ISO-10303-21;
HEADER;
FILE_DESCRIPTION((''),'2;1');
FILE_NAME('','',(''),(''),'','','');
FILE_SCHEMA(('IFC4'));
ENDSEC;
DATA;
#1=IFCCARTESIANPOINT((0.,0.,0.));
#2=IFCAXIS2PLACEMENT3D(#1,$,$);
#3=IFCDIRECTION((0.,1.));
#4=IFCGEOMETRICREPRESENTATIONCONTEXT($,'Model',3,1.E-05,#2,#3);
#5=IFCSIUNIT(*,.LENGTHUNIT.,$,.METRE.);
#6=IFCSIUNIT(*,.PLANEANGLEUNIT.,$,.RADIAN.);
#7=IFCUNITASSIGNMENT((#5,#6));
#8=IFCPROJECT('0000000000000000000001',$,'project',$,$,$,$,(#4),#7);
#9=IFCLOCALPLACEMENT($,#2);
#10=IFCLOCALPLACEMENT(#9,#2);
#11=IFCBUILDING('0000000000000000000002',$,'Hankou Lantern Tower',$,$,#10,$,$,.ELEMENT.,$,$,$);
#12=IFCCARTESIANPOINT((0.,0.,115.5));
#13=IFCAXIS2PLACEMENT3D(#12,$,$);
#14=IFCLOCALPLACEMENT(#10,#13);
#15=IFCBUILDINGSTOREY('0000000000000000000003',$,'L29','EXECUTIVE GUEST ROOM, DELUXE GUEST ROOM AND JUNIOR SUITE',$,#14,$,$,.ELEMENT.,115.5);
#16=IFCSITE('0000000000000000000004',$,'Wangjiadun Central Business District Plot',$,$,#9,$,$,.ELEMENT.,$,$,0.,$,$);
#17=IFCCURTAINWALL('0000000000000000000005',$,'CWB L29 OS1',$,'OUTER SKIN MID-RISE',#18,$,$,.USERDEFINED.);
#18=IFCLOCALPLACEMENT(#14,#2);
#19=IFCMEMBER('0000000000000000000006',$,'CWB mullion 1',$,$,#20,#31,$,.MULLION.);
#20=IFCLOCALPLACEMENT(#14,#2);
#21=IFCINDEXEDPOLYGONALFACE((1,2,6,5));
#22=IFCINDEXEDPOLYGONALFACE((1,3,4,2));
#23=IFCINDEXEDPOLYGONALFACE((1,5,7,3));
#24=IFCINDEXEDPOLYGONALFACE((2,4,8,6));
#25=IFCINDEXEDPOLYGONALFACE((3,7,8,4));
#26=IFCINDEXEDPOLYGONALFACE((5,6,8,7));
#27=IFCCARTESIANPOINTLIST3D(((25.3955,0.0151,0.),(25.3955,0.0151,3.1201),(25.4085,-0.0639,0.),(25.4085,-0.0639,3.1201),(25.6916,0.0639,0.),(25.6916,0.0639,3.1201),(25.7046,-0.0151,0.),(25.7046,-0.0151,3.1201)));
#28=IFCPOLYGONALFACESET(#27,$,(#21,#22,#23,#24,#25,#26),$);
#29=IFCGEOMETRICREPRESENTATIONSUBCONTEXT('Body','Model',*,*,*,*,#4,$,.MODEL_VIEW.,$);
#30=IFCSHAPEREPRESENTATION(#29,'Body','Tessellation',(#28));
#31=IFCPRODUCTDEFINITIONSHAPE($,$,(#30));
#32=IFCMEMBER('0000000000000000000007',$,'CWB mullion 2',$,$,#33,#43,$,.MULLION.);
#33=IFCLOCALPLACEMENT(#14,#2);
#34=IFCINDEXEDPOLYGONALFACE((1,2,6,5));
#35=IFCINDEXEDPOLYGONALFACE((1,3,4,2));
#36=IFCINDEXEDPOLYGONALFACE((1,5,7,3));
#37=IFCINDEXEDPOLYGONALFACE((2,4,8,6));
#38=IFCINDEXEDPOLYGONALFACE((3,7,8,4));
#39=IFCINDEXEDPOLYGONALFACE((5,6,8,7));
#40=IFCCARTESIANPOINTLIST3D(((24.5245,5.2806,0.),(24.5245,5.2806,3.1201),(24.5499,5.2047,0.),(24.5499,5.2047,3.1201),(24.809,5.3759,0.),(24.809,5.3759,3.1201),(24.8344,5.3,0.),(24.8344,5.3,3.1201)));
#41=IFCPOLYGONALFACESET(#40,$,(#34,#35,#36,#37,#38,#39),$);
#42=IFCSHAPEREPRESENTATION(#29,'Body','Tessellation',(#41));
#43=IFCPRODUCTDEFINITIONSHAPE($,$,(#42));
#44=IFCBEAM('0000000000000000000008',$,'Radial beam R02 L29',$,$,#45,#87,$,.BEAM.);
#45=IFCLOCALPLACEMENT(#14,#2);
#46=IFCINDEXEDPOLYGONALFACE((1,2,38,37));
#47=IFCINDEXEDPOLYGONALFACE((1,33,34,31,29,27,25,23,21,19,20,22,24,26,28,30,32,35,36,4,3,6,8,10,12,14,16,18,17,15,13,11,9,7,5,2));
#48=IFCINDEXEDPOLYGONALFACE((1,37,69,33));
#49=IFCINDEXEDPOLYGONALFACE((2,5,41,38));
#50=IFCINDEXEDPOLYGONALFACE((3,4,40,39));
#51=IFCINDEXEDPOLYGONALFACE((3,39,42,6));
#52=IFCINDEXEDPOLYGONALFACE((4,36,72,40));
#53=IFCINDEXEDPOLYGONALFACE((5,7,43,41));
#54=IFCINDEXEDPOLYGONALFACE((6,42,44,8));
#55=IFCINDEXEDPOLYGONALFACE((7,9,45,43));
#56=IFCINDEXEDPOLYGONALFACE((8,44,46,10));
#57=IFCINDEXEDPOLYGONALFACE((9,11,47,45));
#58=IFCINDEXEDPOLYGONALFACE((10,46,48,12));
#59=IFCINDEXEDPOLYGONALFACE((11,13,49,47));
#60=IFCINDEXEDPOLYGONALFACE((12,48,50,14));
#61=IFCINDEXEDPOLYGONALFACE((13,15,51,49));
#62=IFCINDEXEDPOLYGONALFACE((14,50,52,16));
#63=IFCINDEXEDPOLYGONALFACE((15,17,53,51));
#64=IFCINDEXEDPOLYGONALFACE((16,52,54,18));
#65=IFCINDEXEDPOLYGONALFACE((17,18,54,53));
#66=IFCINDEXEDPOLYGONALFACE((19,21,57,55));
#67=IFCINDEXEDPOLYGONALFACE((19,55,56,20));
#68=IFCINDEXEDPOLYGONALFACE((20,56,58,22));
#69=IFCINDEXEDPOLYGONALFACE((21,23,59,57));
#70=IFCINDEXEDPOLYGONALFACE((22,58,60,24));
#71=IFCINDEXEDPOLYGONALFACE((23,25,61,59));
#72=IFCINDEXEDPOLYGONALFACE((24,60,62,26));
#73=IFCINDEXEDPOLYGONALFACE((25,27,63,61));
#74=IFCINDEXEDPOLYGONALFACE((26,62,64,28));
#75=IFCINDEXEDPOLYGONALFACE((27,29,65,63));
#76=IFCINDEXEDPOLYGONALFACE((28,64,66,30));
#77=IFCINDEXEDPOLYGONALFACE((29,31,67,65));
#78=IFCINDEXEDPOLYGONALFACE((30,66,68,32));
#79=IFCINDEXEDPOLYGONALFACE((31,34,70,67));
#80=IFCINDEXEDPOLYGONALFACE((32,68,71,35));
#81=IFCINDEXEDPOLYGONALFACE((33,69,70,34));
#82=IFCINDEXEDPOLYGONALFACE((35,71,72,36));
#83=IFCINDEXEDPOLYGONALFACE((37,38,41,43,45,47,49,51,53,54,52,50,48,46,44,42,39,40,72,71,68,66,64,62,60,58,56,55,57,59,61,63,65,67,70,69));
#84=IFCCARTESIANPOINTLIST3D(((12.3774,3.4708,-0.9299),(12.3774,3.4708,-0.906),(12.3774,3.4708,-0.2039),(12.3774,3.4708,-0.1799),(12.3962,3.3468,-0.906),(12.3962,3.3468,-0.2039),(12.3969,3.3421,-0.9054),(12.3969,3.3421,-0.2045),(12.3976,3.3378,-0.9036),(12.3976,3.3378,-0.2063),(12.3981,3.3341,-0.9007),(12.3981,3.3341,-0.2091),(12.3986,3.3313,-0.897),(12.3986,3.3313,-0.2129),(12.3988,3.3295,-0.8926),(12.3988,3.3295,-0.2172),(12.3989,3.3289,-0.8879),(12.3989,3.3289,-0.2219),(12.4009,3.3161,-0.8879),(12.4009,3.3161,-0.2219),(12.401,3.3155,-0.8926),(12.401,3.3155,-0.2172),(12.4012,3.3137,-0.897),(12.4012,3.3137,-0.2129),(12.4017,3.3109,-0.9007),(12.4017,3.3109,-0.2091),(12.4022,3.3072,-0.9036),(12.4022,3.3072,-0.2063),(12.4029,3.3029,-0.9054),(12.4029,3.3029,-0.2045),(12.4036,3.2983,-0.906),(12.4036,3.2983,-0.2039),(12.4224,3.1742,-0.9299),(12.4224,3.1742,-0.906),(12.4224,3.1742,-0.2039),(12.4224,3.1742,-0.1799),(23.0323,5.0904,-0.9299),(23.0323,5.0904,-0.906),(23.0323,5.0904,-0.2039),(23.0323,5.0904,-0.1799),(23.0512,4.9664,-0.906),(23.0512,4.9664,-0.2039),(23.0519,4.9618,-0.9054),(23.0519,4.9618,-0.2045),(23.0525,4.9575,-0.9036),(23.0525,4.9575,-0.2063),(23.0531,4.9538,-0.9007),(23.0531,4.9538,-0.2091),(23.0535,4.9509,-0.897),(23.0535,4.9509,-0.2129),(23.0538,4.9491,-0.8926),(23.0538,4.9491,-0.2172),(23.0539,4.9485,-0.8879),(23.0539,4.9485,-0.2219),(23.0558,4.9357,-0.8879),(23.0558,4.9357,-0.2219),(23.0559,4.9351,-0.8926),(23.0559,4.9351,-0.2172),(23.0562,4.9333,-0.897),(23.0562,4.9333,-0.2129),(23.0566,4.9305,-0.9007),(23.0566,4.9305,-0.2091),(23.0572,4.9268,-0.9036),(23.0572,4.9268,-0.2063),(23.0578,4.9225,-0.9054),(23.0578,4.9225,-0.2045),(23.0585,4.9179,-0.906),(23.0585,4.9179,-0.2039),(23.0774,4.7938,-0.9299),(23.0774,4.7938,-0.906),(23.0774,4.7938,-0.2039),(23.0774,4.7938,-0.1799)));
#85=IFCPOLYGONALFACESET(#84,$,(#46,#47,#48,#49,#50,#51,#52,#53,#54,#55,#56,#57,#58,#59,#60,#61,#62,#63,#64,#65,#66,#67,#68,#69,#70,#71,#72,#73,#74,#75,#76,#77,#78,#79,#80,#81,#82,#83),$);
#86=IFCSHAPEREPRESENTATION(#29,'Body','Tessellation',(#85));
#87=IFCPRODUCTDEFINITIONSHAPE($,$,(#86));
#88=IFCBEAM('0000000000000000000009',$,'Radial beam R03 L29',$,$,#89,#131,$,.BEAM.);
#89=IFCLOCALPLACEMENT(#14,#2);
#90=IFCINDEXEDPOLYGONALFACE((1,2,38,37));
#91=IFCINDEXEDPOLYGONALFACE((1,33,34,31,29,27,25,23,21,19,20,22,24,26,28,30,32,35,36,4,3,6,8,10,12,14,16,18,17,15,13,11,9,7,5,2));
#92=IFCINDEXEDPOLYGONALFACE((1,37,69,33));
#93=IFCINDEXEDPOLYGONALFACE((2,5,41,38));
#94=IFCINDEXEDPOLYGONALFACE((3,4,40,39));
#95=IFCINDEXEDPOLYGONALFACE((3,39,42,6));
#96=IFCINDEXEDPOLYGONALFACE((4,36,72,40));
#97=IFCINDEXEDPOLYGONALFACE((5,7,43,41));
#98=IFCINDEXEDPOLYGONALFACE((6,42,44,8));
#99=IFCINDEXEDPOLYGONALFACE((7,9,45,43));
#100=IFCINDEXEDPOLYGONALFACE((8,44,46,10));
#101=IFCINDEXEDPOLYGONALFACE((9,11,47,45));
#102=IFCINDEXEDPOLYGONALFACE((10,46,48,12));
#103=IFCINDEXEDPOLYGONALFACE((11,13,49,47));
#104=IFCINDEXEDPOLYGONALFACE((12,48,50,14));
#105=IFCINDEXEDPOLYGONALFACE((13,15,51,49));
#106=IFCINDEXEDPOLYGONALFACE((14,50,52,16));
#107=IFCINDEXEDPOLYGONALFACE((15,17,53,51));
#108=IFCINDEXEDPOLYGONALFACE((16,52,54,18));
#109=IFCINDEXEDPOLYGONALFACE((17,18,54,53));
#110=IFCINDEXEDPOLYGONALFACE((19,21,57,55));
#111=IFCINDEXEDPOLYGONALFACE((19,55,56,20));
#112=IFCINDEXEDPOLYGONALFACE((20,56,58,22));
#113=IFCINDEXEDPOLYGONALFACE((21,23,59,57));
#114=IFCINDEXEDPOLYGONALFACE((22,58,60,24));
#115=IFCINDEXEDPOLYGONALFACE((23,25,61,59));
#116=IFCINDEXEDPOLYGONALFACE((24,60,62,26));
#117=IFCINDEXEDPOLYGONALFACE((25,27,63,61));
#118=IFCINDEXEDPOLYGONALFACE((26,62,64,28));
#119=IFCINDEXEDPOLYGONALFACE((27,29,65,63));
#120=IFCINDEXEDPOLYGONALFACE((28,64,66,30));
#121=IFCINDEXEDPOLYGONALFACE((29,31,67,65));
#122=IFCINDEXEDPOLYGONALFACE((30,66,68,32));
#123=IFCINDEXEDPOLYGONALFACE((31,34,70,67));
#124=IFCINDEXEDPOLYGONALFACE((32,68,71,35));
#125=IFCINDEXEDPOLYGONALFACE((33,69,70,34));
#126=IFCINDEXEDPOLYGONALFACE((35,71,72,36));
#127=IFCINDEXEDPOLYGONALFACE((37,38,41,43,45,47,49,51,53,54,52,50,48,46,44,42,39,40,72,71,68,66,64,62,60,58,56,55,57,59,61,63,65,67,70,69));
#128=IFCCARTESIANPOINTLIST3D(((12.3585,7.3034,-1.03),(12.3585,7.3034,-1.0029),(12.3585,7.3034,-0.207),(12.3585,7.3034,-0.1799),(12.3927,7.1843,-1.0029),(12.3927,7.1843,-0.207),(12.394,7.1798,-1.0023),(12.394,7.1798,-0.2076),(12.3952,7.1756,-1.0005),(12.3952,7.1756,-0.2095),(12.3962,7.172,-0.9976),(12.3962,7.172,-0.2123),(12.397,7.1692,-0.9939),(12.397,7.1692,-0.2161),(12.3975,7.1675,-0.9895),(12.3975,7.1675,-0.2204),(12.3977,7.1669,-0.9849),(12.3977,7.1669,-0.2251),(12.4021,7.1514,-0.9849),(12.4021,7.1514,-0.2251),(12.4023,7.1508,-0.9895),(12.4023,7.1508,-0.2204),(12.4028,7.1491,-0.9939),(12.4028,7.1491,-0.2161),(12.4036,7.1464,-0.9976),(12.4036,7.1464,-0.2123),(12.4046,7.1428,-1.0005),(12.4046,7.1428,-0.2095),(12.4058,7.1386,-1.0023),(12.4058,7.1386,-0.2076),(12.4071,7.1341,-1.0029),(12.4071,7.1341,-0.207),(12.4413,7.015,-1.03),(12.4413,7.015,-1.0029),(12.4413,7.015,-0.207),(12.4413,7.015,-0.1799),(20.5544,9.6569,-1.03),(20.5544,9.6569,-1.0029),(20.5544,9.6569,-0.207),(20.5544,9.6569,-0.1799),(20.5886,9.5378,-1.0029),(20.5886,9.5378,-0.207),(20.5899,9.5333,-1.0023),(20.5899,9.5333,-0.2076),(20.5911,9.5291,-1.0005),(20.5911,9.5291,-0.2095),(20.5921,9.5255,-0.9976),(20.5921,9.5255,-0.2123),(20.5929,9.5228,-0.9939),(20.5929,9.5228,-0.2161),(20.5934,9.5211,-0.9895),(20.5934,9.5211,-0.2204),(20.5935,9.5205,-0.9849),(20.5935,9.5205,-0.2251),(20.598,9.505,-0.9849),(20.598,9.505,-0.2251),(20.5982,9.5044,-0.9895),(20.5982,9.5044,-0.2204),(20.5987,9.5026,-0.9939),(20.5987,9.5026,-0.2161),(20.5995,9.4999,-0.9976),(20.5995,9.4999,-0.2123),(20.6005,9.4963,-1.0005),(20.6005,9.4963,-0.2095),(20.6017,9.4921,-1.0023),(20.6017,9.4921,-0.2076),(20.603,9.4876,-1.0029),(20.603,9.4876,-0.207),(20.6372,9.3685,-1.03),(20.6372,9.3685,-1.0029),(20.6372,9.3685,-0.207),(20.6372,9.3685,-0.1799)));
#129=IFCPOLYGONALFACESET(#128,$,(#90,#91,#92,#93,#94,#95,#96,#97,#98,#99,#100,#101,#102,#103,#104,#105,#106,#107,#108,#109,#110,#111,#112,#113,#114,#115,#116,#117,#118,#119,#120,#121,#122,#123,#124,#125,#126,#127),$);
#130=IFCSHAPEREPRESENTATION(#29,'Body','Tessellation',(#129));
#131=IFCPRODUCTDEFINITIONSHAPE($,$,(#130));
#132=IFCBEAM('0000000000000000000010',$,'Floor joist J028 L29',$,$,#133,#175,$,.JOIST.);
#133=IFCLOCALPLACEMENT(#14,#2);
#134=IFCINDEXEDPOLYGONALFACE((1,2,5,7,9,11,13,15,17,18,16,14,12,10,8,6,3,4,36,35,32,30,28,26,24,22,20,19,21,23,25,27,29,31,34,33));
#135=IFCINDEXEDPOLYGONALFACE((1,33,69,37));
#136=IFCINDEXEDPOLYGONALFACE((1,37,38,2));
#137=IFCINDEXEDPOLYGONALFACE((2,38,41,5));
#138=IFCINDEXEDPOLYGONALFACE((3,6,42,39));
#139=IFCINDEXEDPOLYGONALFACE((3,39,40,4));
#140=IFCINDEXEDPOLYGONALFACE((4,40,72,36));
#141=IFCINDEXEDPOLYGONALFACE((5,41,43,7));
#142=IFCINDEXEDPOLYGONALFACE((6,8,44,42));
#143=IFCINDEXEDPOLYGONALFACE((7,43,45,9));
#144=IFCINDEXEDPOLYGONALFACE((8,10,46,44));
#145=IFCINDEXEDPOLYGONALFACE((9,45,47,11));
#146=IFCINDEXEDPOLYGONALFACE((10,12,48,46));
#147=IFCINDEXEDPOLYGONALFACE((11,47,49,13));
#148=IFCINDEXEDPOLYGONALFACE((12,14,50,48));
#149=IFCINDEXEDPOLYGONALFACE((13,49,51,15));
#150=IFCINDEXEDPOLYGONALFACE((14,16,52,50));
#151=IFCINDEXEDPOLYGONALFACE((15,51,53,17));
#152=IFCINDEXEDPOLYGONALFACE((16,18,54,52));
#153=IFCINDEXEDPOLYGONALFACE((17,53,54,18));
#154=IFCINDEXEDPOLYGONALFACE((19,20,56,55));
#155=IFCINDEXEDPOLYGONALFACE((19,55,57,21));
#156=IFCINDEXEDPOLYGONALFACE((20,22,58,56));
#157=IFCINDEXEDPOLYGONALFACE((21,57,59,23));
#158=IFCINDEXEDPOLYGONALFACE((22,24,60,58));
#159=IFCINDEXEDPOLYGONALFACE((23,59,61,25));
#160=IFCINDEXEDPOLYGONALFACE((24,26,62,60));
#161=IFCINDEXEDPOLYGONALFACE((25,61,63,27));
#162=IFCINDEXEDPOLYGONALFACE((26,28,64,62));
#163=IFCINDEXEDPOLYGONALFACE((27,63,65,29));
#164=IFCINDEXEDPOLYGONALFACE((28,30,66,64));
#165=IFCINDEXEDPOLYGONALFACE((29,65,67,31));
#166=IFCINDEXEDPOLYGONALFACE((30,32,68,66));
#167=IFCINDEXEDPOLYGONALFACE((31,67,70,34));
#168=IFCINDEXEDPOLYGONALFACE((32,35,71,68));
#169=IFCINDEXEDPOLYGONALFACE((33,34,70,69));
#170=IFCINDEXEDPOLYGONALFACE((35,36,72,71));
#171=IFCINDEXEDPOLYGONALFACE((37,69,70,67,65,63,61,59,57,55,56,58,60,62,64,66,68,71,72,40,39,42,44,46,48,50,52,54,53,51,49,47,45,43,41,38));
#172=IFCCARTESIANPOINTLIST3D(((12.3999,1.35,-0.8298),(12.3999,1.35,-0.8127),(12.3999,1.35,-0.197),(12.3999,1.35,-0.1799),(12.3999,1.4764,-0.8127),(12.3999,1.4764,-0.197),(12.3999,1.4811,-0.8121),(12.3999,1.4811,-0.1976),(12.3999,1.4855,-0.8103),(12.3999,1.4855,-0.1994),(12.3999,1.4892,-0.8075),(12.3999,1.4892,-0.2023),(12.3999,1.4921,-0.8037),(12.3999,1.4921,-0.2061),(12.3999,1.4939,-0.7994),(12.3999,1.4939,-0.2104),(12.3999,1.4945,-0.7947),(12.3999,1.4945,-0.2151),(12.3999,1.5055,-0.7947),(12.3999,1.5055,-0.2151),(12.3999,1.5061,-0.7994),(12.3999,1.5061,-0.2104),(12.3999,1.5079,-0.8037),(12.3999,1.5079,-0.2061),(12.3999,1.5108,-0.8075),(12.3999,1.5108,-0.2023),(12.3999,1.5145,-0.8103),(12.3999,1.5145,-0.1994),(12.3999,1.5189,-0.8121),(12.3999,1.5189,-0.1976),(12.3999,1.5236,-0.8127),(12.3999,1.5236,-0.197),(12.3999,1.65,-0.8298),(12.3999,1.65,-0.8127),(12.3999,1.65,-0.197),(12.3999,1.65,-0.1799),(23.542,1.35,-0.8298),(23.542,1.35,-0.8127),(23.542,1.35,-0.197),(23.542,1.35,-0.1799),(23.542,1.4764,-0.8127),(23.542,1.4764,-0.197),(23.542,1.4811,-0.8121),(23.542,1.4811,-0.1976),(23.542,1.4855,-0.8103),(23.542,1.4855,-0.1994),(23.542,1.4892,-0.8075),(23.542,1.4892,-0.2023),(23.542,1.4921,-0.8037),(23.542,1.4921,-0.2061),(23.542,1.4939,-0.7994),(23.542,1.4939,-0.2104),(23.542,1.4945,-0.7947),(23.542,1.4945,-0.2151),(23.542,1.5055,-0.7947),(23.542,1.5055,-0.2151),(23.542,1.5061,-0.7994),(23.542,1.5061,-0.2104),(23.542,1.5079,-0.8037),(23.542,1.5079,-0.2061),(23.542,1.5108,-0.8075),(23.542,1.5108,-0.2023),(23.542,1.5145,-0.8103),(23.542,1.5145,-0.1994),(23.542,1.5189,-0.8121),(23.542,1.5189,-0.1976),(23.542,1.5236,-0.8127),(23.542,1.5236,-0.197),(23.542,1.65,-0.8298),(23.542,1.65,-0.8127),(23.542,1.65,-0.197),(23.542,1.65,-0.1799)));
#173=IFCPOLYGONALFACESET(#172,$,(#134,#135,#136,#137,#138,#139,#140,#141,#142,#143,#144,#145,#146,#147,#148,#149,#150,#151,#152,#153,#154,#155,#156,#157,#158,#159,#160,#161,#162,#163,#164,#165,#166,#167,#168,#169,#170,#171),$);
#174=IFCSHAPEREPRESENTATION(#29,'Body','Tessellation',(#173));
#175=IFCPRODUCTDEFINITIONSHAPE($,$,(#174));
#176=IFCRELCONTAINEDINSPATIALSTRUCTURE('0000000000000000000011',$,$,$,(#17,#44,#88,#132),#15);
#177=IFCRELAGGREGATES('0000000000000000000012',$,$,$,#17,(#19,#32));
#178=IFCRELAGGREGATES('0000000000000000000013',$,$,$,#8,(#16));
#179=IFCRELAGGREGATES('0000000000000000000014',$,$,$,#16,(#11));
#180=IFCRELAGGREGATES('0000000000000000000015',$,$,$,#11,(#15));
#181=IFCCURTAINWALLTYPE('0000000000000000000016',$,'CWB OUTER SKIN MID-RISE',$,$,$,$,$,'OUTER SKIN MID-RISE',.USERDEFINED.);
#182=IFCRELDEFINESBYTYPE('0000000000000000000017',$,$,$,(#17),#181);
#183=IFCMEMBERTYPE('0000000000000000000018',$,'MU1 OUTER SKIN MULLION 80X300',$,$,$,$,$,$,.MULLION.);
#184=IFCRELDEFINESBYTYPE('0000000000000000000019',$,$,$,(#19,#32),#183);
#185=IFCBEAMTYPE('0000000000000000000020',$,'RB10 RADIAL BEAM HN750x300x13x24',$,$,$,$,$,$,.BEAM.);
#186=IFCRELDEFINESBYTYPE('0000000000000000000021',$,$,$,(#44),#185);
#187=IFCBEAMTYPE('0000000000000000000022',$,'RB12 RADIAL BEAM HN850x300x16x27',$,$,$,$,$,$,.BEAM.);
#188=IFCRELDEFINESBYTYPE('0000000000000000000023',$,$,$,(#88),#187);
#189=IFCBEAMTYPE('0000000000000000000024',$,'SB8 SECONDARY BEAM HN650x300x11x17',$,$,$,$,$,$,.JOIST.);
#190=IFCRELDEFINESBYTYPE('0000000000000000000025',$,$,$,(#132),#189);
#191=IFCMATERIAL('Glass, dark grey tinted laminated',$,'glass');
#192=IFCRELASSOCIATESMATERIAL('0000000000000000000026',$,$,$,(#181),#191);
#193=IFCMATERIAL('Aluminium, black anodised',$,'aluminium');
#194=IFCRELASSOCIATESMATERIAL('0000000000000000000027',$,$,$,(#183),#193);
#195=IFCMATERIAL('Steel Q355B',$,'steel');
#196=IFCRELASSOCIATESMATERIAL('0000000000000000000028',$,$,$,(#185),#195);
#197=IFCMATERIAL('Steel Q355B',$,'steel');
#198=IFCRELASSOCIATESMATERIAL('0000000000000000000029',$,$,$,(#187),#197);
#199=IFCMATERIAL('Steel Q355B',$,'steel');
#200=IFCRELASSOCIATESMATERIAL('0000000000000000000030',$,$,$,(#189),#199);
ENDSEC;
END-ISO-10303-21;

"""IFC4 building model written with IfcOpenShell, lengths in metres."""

from ifc_helpers import new_model, si_unit, direction, frame, origin, origin_2d, place, context, subcontext, project, spatial, rectangle, i_section, extrude, material, material_profile, profile_set, type_object, element, aggregate, save


model = new_model("IFC4")

# Units and contexts
model_context = context("Model", 3, precision=1e-05, world=origin(), true_north=direction((0.0, 1.0)))
body_context = subcontext(model_context, "Body", "Model", "MODEL_VIEW")
ifc_project = project(units=[si_unit("LENGTHUNIT", "METRE"), si_unit("PLANEANGLEUNIT", "RADIAN")], contexts=[model_context])

# Site, building, storey
site_placement = place(None, origin())
site = spatial("IfcSite", under=ifc_project, at=site_placement, Name="Wangjiadun Central Business District Plot", CompositionType="ELEMENT", RefElevation=0.0)
building_placement = place(site_placement, origin())
building = spatial("IfcBuilding", under=site, at=building_placement, Name="Hankou Lantern Tower", CompositionType="ELEMENT")
storey_placement = place(building_placement, frame((0.0, 0.0, 115.5)))
storey = spatial("IfcBuildingStorey", under=building, at=storey_placement, Name="L29", Description="EXECUTIVE GUEST ROOM, DELUXE GUEST ROOM AND JUNIOR SUITE", CompositionType="ELEMENT", Elevation=115.5)

# Curtain wall, members
ifc_material_1 = material(Name="Glass, dark grey tinted laminated", Category="glass")
curtain_wall_type = type_object("IfcCurtainWallType", Name="CWB OUTER SKIN MID-RISE", ElementType="OUTER SKIN MID-RISE", PredefinedType="USERDEFINED", material=ifc_material_1)
curtain_wall_placement = place(storey_placement, origin())
curtain_wall = element("IfcCurtainWall", 1, at=curtain_wall_placement, inside=storey, type_object=curtain_wall_type, Name="CWB L29 OS1", ObjectType="OUTER SKIN MID-RISE", PredefinedType="USERDEFINED")
ifc_material_2 = material(Name="Aluminium, black anodised", Category="aluminium")
ifc_material_profile_1 = material_profile(ifc_material_2, rectangle(XDim=0.0801, YDim=0.3, at=origin_2d()), Name="MU1 80X300")
ifc_profile_set_1 = profile_set([ifc_material_profile_1], Name="Aluminium, black anodised")
member_type_1 = type_object("IfcMemberType", Name="MU1 OUTER SKIN MULLION 80X300", PredefinedType="MULLION", material=ifc_profile_set_1)
member_1_placement = place(storey_placement, frame((25.55, 0.0, 0.0), z_axis=(0.0, 0.0, 1.0), x_axis=(-0.162382, 0.986728, 0.0)))
member_1 = element("IfcMember", 2, at=member_1_placement, type_object=member_type_1, Name="CWB mullion 1", PredefinedType="MULLION", context=body_context, shape_type="SweptSolid", body=[
    extrude(rectangle(XDim=0.0801, YDim=0.3, at=origin_2d()), origin(), (0.0, 0.0, 1.0), 3.1201),
])
member_2_placement = place(storey_placement, frame((24.6794, 5.2903, 0.0), z_axis=(0.0, 0.0, 1.0), x_axis=(-0.317596, 0.948226, 0.0)))
member_2 = element("IfcMember", 3, at=member_2_placement, type_object=member_type_1, Name="CWB mullion 2", PredefinedType="MULLION", context=body_context, shape_type="SweptSolid", body=[
    extrude(rectangle(XDim=0.0801, YDim=0.3, at=origin_2d()), origin(), (0.0, 0.0, 1.0), 3.1201),
])

# Beams
ifc_material_3 = material(Name="Steel Q355B", Category="steel")
ifc_material_profile_2 = material_profile(ifc_material_3, i_section(OverallWidth=0.3, OverallDepth=0.75, WebThickness=0.0129, FlangeThickness=0.0239, FilletRadius=0.0181, at=origin_2d()), Name="HN750x300x13x24")
ifc_profile_set_2 = profile_set([ifc_material_profile_2], Name="Steel Q355B")
beam_type_1 = type_object("IfcBeamType", Name="RB10 RADIAL BEAM HN750x300x13x24", PredefinedType="BEAM", material=ifc_profile_set_2)
beam_1_placement = place(storey_placement, frame((12.3999, 3.3225, -0.5549), z_axis=(0.988644, 0.15028, 0.0), x_axis=(-0.15028, 0.988644, 0.0)))
element("IfcBeam", 4, at=beam_1_placement, inside=storey, type_object=beam_type_1, Name="Radial beam R02 L29", PredefinedType="BEAM", context=body_context, shape_type="SweptSolid", body=[
    extrude(i_section(OverallWidth=0.3, OverallDepth=0.75, WebThickness=0.0129, FlangeThickness=0.0239, FilletRadius=0.0181, at=origin_2d()), origin(), (0.0, 0.0, 1.0), 10.7773),
])
ifc_material_4 = material(Name="Steel Q355B", Category="steel")
ifc_material_profile_3 = material_profile(ifc_material_4, i_section(OverallWidth=0.3, OverallDepth=0.8501, WebThickness=0.0161, FlangeThickness=0.0271, FilletRadius=0.0181, at=origin_2d()), Name="HN850x300x16x27")
ifc_profile_set_3 = profile_set([ifc_material_profile_3], Name="Steel Q355B")
beam_type_2 = type_object("IfcBeamType", Name="RB12 RADIAL BEAM HN850x300x16x27", PredefinedType="BEAM", material=ifc_profile_set_3)
beam_2_placement = place(storey_placement, frame((12.3999, 7.1592, -0.605), z_axis=(0.961156, 0.276007, 0.0), x_axis=(-0.276007, 0.961156, 0.0)))
element("IfcBeam", 5, at=beam_2_placement, inside=storey, type_object=beam_type_2, Name="Radial beam R03 L29", PredefinedType="BEAM", context=body_context, shape_type="SweptSolid", body=[
    extrude(i_section(OverallWidth=0.3, OverallDepth=0.8501, WebThickness=0.0161, FlangeThickness=0.0271, FilletRadius=0.0181, at=origin_2d()), origin(), (0.0, 0.0, 1.0), 8.5271),
])
ifc_material_5 = material(Name="Steel Q355B", Category="steel")
ifc_material_profile_4 = material_profile(ifc_material_5, i_section(OverallWidth=0.3, OverallDepth=0.6499, WebThickness=0.011, FlangeThickness=0.0171, FilletRadius=0.0181, at=origin_2d()), Name="HN650x300x11x17")
ifc_profile_set_4 = profile_set([ifc_material_profile_4], Name="Steel Q355B")
beam_type_3 = type_object("IfcBeamType", Name="SB8 SECONDARY BEAM HN650x300x11x17", PredefinedType="JOIST", material=ifc_profile_set_4)
beam_3_placement = place(storey_placement, frame((12.3999, 1.5, -0.5049), z_axis=(1.0, 0.0, 0.0), x_axis=(0.0, 1.0, 0.0)))
element("IfcBeam", 6, at=beam_3_placement, inside=storey, type_object=beam_type_3, Name="Floor joist J028 L29", PredefinedType="JOIST", context=body_context, shape_type="SweptSolid", body=[
    extrude(i_section(OverallWidth=0.3, OverallDepth=0.6499, WebThickness=0.011, FlangeThickness=0.0171, FilletRadius=0.0181, at=origin_2d()), origin(), (0.0, 0.0, 1.0), 11.1421),
])

aggregate(curtain_wall, [member_1, member_2])

save(model, "model.ifc")
